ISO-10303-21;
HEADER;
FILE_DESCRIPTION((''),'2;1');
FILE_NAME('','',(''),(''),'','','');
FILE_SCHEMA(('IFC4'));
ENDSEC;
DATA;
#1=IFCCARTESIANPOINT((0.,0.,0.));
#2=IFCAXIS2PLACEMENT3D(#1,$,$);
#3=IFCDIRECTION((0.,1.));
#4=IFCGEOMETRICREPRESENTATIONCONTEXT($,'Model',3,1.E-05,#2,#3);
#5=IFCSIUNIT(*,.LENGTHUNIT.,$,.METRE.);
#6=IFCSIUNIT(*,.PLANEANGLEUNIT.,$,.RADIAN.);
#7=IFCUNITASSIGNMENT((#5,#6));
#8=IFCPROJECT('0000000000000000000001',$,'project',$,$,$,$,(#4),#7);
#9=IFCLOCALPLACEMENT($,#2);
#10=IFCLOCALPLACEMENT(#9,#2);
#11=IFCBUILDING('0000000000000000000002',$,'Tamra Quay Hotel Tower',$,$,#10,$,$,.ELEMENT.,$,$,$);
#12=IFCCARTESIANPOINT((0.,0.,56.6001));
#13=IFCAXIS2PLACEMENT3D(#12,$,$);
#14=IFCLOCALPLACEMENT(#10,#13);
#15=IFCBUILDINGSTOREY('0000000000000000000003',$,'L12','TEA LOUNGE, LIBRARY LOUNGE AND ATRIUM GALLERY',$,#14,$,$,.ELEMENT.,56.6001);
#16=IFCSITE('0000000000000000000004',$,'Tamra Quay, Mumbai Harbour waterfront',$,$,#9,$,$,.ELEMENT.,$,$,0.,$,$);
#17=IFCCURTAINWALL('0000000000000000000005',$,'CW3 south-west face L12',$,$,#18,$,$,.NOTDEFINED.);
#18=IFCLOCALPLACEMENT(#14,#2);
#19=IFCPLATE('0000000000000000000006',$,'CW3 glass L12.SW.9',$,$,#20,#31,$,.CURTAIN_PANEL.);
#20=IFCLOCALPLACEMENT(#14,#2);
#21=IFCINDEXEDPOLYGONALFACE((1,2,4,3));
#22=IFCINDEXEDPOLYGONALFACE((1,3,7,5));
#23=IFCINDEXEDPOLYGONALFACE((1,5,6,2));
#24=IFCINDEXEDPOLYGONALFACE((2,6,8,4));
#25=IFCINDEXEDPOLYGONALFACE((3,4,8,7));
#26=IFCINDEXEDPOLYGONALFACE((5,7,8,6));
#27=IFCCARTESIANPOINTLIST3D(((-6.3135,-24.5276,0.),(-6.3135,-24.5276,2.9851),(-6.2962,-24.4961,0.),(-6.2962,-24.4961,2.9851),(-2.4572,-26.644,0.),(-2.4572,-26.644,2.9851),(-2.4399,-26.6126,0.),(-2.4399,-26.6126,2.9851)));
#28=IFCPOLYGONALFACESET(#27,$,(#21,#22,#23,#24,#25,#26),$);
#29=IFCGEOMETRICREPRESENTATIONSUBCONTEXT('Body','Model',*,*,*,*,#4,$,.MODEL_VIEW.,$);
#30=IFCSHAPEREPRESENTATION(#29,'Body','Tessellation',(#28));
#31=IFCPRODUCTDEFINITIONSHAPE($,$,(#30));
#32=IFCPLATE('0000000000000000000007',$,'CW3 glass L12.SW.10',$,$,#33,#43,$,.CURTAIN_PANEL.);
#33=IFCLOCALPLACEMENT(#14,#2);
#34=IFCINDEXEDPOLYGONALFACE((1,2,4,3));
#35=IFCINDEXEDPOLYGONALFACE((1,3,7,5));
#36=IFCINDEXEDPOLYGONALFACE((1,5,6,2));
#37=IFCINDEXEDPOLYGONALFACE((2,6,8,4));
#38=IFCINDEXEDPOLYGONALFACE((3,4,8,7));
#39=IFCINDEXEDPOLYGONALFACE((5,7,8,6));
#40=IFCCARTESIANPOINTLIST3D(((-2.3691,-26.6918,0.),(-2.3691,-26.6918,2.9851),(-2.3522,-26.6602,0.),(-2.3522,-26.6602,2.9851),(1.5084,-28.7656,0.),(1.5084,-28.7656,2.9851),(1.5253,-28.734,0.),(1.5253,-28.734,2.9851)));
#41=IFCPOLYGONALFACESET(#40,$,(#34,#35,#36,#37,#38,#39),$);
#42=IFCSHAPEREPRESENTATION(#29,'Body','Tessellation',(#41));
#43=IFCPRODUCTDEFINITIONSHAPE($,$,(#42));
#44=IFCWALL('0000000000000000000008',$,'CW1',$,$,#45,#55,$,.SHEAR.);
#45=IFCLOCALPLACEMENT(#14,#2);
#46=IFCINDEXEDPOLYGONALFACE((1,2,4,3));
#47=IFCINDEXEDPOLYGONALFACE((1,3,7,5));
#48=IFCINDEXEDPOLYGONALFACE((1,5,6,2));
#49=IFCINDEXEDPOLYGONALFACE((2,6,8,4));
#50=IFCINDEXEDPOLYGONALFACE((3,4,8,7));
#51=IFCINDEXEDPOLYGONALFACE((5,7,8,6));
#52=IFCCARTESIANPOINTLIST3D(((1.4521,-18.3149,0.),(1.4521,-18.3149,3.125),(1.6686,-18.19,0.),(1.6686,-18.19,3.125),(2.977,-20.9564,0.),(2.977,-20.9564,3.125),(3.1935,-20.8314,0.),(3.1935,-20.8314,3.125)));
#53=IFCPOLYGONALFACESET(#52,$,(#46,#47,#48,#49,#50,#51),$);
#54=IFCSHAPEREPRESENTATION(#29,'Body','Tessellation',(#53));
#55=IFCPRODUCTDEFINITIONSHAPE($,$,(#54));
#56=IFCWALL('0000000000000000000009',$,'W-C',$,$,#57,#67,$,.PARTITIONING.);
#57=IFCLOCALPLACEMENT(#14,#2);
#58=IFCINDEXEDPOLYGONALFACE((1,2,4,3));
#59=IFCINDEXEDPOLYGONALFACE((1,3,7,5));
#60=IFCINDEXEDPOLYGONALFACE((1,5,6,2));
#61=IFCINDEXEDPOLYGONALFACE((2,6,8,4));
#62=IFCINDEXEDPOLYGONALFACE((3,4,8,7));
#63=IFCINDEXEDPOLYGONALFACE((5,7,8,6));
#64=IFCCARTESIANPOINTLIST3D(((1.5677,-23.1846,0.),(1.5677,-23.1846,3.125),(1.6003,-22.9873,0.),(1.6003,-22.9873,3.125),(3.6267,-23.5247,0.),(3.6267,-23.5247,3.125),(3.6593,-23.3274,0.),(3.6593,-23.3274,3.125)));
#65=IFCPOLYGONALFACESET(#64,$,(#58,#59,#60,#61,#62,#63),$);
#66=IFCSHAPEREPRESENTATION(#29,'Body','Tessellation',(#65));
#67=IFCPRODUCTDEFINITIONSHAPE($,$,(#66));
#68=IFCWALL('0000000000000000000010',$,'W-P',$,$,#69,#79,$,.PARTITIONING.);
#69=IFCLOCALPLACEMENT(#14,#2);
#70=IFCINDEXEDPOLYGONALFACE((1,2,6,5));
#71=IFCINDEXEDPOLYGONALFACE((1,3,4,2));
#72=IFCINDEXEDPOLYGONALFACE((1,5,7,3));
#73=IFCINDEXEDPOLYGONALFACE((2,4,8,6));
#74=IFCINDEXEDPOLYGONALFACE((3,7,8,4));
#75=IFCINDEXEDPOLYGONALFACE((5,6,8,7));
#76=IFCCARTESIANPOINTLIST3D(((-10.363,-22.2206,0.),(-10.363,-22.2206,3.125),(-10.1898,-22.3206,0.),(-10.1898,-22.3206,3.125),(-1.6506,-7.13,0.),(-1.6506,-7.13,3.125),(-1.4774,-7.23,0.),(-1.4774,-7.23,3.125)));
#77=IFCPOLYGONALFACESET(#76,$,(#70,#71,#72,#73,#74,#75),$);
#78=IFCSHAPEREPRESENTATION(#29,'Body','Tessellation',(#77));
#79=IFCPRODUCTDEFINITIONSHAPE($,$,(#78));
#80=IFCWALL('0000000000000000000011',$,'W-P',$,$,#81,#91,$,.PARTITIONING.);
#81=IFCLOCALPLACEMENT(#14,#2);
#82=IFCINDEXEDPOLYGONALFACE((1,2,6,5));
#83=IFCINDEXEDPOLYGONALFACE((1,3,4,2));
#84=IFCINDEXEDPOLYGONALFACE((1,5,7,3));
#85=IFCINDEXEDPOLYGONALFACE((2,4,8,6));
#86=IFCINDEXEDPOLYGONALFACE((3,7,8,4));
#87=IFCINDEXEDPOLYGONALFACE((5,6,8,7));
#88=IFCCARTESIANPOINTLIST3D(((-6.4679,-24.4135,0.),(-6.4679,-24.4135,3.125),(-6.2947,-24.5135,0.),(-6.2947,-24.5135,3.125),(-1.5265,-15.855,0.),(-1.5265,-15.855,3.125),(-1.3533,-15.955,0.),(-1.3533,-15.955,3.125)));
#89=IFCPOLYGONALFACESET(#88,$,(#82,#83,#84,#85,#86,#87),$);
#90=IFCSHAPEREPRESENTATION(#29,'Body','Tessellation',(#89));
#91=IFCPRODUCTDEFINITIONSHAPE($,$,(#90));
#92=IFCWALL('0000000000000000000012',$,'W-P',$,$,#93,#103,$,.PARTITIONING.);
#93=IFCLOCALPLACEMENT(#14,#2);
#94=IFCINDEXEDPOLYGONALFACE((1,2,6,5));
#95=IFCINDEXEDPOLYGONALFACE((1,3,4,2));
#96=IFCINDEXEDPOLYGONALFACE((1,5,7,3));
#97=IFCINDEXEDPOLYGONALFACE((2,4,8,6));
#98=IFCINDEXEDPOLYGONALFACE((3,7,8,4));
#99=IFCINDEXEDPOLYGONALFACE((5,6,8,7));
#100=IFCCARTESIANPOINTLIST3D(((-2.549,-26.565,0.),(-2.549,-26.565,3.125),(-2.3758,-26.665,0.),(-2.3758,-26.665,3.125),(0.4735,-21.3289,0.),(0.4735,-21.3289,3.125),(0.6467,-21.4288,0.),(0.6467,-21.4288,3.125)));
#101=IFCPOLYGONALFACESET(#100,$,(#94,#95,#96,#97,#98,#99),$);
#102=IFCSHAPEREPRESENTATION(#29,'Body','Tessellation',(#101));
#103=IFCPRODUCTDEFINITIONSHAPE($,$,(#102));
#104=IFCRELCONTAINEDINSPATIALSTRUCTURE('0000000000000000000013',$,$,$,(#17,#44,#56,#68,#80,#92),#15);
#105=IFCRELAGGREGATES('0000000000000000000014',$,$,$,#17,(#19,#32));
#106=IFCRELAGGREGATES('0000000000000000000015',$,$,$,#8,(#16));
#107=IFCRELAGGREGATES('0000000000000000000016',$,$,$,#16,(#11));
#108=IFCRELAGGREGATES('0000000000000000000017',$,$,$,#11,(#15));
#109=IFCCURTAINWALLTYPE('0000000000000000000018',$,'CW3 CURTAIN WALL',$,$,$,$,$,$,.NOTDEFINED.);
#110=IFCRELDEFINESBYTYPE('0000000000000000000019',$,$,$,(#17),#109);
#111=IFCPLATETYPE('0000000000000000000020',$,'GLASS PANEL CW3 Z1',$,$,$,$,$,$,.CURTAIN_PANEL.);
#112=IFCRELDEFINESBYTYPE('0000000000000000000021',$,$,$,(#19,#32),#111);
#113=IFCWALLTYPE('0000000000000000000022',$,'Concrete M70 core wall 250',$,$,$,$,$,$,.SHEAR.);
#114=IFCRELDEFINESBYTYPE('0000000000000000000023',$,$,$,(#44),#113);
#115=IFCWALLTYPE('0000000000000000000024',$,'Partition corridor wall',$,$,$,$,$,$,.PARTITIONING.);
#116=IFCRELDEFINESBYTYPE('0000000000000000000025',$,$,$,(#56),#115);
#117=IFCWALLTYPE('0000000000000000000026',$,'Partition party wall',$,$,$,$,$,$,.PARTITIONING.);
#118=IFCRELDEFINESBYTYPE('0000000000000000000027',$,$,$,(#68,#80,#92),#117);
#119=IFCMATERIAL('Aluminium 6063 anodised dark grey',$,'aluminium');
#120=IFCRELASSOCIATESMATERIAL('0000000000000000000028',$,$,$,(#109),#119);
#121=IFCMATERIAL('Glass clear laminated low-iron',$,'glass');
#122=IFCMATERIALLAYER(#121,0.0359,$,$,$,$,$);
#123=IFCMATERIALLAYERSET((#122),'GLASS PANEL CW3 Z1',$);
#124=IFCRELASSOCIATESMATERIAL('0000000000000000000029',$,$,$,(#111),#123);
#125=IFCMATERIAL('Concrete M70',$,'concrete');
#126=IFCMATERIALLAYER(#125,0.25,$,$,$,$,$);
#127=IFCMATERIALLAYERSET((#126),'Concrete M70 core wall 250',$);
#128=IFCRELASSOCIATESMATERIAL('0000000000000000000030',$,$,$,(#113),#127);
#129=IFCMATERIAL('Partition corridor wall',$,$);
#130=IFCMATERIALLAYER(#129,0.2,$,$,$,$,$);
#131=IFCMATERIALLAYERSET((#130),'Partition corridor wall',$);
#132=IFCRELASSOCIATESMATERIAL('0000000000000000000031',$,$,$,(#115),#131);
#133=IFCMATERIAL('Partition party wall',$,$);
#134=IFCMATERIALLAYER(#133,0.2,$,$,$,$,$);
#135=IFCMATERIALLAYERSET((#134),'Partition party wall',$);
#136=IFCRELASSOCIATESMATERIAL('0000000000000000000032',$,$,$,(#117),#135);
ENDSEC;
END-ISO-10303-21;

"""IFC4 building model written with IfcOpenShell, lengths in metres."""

from ifc_helpers import new_model, si_unit, direction, frame, frame_2d, origin, origin_2d, place, context, subcontext, project, spatial, rectangle, extrude, material, layer, layer_set, type_object, element, aggregate, save


model = new_model("IFC4")

# Units and contexts
model_context = context("Model", 3, precision=1e-05, world=origin(), true_north=direction((0.0, 1.0)))
body_context = subcontext(model_context, "Body", "Model", "MODEL_VIEW")
ifc_project = project(units=[si_unit("LENGTHUNIT", "METRE"), si_unit("PLANEANGLEUNIT", "RADIAN")], contexts=[model_context])

# Site, building, storey
site_placement = place(None, origin())
site = spatial("IfcSite", under=ifc_project, at=site_placement, Name="Tamra Quay, Mumbai Harbour waterfront", CompositionType="ELEMENT", RefElevation=0.0)
building_placement = place(site_placement, origin())
building = spatial("IfcBuilding", under=site, at=building_placement, Name="Tamra Quay Hotel Tower", CompositionType="ELEMENT")
storey_placement = place(building_placement, frame((0.0, 0.0, 56.6001)))
storey = spatial("IfcBuildingStorey", under=building, at=storey_placement, Name="L12", Description="TEA LOUNGE, LIBRARY LOUNGE AND ATRIUM GALLERY", CompositionType="ELEMENT", Elevation=56.6001)

# Shared definitions
ifc_material_1 = material(Name="Concrete M70", Category="concrete")

# Curtain wall
ifc_material_2 = material(Name="Aluminium 6063 anodised dark grey", Category="aluminium")
curtain_wall_type = type_object("IfcCurtainWallType", Name="CW3 CURTAIN WALL", PredefinedType="NOTDEFINED", material=ifc_material_2)
curtain_wall_placement = place(storey_placement, origin())
curtain_wall = element("IfcCurtainWall", 1, at=curtain_wall_placement, inside=storey, type_object=curtain_wall_type, Name="CW3 south-west face L12", PredefinedType="NOTDEFINED")

# Plates
ifc_material_3 = material(Name="Glass clear laminated low-iron", Category="glass")
ifc_layer_1 = layer(ifc_material_3, 0.0359)
ifc_layer_set_1 = layer_set([ifc_layer_1], Name="GLASS PANEL CW3 Z1")
plate_type = type_object("IfcPlateType", Name="GLASS PANEL CW3 Z1", PredefinedType="CURTAIN_PANEL", material=ifc_layer_set_1)
plate_1_placement = place(storey_placement, frame((-4.3767, -25.5701, 0.0), z_axis=(0.0, 0.0, 1.0), x_axis=(0.876651, -0.481127, 0.0)))
plate_1 = element("IfcPlate", 2, at=plate_1_placement, type_object=plate_type, Name="CW3 glass L12.SW.9", PredefinedType="CURTAIN_PANEL", context=body_context, shape_type="SweptSolid", body=[
    extrude(rectangle(XDim=4.3989, YDim=0.0359, at=origin_2d()), origin(), (0.0, 0.0, 1.0), 2.9851),
])
plate_2_placement = place(storey_placement, frame((-0.4219, -27.7129, 0.0), z_axis=(0.0, 0.0, 1.0), x_axis=(0.881806, -0.471612, 0.0)))
plate_2 = element("IfcPlate", 3, at=plate_2_placement, type_object=plate_type, Name="CW3 glass L12.SW.10", PredefinedType="CURTAIN_PANEL", context=body_context, shape_type="SweptSolid", body=[
    extrude(rectangle(XDim=4.3972, YDim=0.0359, at=origin_2d()), origin(), (0.0, 0.0, 1.0), 2.9851),
])
aggregate(curtain_wall, [plate_1, plate_2])

# Walls
ifc_layer_2 = layer(ifc_material_1, 0.25)
ifc_layer_set_2 = layer_set([ifc_layer_2], Name="Concrete M70 core wall 250")
wall_type_1 = type_object("IfcWallType", Name="Concrete M70 core wall 250", PredefinedType="SHEAR", material=ifc_layer_set_2)
wall_1_placement = place(storey_placement, frame((3.0852, -20.8938, 0.0), z_axis=(0.0, 0.0, 1.0), x_axis=(-0.499979, 0.866038, 0.0)))
element("IfcWall", 4, at=wall_1_placement, inside=storey, type_object=wall_type_1, Name="CW1", PredefinedType="SHEAR", context=body_context, shape_type="SweptSolid", body=[
    extrude(rectangle(XDim=3.05, YDim=0.25, at=frame_2d((1.5249, 0.0))), origin(), (0.0, 0.0, 1.0), 3.125),
])
ifc_material_4 = material(Name="Partition corridor wall")
ifc_layer_3 = layer(ifc_material_4, 0.2)
ifc_layer_set_3 = layer_set([ifc_layer_3], Name="Partition corridor wall")
wall_type_2 = type_object("IfcWallType", Name="Partition corridor wall", PredefinedType="PARTITIONING", material=ifc_layer_set_3)
wall_2_placement = place(storey_placement, frame((1.584, -23.0859, 0.0), z_axis=(0.0, 0.0, 1.0), x_axis=(0.986633, -0.162957, 0.0)))
element("IfcWall", 5, at=wall_2_placement, inside=storey, type_object=wall_type_2, Name="W-C", PredefinedType="PARTITIONING", context=body_context, shape_type="SweptSolid", body=[
    extrude(rectangle(XDim=2.0869, YDim=0.2, at=frame_2d((1.0435, 0.0))), origin(), (0.0, 0.0, 1.0), 3.125),
])
ifc_material_5 = material(Name="Partition party wall")
ifc_layer_4 = layer(ifc_material_5, 0.2)
ifc_layer_set_4 = layer_set([ifc_layer_4], Name="Partition party wall")
wall_type_3 = type_object("IfcWallType", Name="Partition party wall", PredefinedType="PARTITIONING", material=ifc_layer_set_4)
wall_3_placement = place(storey_placement, frame((-10.2764, -22.2705, 0.0), z_axis=(0.0, 0.0, 1.0), x_axis=(0.499994, 0.866029, 0.0)))
element("IfcWall", 6, at=wall_3_placement, inside=storey, type_object=wall_type_3, Name="W-P", PredefinedType="PARTITIONING", context=body_context, shape_type="SweptSolid", body=[
    extrude(rectangle(XDim=17.425, YDim=0.2, at=frame_2d((8.7124, 0.0))), origin(), (0.0, 0.0, 1.0), 3.125),
])
wall_4_placement = place(storey_placement, frame((-6.3813, -24.4636, 0.0), z_axis=(0.0, 0.0, 1.0), x_axis=(0.500008, 0.866021, 0.0)))
element("IfcWall", 7, at=wall_4_placement, inside=storey, type_object=wall_type_3, Name="W-P", PredefinedType="PARTITIONING", context=body_context, shape_type="SweptSolid", body=[
    extrude(rectangle(XDim=9.8826, YDim=0.2, at=frame_2d((4.9414, 0.0))), origin(), (0.0, 0.0, 1.0), 3.125),
])
wall_5_placement = place(storey_placement, frame((-2.4624, -26.615, 0.0), z_axis=(0.0, 0.0, 1.0), x_axis=(0.499926, 0.866068, 0.0)))
element("IfcWall", 8, at=wall_5_placement, inside=storey, type_object=wall_type_3, Name="W-P", PredefinedType="PARTITIONING", context=body_context, shape_type="SweptSolid", body=[
    extrude(rectangle(XDim=6.0459, YDim=0.2, at=frame_2d((3.0229, 0.0))), origin(), (0.0, 0.0, 1.0), 3.125),
])

save(model, "model.ifc")
